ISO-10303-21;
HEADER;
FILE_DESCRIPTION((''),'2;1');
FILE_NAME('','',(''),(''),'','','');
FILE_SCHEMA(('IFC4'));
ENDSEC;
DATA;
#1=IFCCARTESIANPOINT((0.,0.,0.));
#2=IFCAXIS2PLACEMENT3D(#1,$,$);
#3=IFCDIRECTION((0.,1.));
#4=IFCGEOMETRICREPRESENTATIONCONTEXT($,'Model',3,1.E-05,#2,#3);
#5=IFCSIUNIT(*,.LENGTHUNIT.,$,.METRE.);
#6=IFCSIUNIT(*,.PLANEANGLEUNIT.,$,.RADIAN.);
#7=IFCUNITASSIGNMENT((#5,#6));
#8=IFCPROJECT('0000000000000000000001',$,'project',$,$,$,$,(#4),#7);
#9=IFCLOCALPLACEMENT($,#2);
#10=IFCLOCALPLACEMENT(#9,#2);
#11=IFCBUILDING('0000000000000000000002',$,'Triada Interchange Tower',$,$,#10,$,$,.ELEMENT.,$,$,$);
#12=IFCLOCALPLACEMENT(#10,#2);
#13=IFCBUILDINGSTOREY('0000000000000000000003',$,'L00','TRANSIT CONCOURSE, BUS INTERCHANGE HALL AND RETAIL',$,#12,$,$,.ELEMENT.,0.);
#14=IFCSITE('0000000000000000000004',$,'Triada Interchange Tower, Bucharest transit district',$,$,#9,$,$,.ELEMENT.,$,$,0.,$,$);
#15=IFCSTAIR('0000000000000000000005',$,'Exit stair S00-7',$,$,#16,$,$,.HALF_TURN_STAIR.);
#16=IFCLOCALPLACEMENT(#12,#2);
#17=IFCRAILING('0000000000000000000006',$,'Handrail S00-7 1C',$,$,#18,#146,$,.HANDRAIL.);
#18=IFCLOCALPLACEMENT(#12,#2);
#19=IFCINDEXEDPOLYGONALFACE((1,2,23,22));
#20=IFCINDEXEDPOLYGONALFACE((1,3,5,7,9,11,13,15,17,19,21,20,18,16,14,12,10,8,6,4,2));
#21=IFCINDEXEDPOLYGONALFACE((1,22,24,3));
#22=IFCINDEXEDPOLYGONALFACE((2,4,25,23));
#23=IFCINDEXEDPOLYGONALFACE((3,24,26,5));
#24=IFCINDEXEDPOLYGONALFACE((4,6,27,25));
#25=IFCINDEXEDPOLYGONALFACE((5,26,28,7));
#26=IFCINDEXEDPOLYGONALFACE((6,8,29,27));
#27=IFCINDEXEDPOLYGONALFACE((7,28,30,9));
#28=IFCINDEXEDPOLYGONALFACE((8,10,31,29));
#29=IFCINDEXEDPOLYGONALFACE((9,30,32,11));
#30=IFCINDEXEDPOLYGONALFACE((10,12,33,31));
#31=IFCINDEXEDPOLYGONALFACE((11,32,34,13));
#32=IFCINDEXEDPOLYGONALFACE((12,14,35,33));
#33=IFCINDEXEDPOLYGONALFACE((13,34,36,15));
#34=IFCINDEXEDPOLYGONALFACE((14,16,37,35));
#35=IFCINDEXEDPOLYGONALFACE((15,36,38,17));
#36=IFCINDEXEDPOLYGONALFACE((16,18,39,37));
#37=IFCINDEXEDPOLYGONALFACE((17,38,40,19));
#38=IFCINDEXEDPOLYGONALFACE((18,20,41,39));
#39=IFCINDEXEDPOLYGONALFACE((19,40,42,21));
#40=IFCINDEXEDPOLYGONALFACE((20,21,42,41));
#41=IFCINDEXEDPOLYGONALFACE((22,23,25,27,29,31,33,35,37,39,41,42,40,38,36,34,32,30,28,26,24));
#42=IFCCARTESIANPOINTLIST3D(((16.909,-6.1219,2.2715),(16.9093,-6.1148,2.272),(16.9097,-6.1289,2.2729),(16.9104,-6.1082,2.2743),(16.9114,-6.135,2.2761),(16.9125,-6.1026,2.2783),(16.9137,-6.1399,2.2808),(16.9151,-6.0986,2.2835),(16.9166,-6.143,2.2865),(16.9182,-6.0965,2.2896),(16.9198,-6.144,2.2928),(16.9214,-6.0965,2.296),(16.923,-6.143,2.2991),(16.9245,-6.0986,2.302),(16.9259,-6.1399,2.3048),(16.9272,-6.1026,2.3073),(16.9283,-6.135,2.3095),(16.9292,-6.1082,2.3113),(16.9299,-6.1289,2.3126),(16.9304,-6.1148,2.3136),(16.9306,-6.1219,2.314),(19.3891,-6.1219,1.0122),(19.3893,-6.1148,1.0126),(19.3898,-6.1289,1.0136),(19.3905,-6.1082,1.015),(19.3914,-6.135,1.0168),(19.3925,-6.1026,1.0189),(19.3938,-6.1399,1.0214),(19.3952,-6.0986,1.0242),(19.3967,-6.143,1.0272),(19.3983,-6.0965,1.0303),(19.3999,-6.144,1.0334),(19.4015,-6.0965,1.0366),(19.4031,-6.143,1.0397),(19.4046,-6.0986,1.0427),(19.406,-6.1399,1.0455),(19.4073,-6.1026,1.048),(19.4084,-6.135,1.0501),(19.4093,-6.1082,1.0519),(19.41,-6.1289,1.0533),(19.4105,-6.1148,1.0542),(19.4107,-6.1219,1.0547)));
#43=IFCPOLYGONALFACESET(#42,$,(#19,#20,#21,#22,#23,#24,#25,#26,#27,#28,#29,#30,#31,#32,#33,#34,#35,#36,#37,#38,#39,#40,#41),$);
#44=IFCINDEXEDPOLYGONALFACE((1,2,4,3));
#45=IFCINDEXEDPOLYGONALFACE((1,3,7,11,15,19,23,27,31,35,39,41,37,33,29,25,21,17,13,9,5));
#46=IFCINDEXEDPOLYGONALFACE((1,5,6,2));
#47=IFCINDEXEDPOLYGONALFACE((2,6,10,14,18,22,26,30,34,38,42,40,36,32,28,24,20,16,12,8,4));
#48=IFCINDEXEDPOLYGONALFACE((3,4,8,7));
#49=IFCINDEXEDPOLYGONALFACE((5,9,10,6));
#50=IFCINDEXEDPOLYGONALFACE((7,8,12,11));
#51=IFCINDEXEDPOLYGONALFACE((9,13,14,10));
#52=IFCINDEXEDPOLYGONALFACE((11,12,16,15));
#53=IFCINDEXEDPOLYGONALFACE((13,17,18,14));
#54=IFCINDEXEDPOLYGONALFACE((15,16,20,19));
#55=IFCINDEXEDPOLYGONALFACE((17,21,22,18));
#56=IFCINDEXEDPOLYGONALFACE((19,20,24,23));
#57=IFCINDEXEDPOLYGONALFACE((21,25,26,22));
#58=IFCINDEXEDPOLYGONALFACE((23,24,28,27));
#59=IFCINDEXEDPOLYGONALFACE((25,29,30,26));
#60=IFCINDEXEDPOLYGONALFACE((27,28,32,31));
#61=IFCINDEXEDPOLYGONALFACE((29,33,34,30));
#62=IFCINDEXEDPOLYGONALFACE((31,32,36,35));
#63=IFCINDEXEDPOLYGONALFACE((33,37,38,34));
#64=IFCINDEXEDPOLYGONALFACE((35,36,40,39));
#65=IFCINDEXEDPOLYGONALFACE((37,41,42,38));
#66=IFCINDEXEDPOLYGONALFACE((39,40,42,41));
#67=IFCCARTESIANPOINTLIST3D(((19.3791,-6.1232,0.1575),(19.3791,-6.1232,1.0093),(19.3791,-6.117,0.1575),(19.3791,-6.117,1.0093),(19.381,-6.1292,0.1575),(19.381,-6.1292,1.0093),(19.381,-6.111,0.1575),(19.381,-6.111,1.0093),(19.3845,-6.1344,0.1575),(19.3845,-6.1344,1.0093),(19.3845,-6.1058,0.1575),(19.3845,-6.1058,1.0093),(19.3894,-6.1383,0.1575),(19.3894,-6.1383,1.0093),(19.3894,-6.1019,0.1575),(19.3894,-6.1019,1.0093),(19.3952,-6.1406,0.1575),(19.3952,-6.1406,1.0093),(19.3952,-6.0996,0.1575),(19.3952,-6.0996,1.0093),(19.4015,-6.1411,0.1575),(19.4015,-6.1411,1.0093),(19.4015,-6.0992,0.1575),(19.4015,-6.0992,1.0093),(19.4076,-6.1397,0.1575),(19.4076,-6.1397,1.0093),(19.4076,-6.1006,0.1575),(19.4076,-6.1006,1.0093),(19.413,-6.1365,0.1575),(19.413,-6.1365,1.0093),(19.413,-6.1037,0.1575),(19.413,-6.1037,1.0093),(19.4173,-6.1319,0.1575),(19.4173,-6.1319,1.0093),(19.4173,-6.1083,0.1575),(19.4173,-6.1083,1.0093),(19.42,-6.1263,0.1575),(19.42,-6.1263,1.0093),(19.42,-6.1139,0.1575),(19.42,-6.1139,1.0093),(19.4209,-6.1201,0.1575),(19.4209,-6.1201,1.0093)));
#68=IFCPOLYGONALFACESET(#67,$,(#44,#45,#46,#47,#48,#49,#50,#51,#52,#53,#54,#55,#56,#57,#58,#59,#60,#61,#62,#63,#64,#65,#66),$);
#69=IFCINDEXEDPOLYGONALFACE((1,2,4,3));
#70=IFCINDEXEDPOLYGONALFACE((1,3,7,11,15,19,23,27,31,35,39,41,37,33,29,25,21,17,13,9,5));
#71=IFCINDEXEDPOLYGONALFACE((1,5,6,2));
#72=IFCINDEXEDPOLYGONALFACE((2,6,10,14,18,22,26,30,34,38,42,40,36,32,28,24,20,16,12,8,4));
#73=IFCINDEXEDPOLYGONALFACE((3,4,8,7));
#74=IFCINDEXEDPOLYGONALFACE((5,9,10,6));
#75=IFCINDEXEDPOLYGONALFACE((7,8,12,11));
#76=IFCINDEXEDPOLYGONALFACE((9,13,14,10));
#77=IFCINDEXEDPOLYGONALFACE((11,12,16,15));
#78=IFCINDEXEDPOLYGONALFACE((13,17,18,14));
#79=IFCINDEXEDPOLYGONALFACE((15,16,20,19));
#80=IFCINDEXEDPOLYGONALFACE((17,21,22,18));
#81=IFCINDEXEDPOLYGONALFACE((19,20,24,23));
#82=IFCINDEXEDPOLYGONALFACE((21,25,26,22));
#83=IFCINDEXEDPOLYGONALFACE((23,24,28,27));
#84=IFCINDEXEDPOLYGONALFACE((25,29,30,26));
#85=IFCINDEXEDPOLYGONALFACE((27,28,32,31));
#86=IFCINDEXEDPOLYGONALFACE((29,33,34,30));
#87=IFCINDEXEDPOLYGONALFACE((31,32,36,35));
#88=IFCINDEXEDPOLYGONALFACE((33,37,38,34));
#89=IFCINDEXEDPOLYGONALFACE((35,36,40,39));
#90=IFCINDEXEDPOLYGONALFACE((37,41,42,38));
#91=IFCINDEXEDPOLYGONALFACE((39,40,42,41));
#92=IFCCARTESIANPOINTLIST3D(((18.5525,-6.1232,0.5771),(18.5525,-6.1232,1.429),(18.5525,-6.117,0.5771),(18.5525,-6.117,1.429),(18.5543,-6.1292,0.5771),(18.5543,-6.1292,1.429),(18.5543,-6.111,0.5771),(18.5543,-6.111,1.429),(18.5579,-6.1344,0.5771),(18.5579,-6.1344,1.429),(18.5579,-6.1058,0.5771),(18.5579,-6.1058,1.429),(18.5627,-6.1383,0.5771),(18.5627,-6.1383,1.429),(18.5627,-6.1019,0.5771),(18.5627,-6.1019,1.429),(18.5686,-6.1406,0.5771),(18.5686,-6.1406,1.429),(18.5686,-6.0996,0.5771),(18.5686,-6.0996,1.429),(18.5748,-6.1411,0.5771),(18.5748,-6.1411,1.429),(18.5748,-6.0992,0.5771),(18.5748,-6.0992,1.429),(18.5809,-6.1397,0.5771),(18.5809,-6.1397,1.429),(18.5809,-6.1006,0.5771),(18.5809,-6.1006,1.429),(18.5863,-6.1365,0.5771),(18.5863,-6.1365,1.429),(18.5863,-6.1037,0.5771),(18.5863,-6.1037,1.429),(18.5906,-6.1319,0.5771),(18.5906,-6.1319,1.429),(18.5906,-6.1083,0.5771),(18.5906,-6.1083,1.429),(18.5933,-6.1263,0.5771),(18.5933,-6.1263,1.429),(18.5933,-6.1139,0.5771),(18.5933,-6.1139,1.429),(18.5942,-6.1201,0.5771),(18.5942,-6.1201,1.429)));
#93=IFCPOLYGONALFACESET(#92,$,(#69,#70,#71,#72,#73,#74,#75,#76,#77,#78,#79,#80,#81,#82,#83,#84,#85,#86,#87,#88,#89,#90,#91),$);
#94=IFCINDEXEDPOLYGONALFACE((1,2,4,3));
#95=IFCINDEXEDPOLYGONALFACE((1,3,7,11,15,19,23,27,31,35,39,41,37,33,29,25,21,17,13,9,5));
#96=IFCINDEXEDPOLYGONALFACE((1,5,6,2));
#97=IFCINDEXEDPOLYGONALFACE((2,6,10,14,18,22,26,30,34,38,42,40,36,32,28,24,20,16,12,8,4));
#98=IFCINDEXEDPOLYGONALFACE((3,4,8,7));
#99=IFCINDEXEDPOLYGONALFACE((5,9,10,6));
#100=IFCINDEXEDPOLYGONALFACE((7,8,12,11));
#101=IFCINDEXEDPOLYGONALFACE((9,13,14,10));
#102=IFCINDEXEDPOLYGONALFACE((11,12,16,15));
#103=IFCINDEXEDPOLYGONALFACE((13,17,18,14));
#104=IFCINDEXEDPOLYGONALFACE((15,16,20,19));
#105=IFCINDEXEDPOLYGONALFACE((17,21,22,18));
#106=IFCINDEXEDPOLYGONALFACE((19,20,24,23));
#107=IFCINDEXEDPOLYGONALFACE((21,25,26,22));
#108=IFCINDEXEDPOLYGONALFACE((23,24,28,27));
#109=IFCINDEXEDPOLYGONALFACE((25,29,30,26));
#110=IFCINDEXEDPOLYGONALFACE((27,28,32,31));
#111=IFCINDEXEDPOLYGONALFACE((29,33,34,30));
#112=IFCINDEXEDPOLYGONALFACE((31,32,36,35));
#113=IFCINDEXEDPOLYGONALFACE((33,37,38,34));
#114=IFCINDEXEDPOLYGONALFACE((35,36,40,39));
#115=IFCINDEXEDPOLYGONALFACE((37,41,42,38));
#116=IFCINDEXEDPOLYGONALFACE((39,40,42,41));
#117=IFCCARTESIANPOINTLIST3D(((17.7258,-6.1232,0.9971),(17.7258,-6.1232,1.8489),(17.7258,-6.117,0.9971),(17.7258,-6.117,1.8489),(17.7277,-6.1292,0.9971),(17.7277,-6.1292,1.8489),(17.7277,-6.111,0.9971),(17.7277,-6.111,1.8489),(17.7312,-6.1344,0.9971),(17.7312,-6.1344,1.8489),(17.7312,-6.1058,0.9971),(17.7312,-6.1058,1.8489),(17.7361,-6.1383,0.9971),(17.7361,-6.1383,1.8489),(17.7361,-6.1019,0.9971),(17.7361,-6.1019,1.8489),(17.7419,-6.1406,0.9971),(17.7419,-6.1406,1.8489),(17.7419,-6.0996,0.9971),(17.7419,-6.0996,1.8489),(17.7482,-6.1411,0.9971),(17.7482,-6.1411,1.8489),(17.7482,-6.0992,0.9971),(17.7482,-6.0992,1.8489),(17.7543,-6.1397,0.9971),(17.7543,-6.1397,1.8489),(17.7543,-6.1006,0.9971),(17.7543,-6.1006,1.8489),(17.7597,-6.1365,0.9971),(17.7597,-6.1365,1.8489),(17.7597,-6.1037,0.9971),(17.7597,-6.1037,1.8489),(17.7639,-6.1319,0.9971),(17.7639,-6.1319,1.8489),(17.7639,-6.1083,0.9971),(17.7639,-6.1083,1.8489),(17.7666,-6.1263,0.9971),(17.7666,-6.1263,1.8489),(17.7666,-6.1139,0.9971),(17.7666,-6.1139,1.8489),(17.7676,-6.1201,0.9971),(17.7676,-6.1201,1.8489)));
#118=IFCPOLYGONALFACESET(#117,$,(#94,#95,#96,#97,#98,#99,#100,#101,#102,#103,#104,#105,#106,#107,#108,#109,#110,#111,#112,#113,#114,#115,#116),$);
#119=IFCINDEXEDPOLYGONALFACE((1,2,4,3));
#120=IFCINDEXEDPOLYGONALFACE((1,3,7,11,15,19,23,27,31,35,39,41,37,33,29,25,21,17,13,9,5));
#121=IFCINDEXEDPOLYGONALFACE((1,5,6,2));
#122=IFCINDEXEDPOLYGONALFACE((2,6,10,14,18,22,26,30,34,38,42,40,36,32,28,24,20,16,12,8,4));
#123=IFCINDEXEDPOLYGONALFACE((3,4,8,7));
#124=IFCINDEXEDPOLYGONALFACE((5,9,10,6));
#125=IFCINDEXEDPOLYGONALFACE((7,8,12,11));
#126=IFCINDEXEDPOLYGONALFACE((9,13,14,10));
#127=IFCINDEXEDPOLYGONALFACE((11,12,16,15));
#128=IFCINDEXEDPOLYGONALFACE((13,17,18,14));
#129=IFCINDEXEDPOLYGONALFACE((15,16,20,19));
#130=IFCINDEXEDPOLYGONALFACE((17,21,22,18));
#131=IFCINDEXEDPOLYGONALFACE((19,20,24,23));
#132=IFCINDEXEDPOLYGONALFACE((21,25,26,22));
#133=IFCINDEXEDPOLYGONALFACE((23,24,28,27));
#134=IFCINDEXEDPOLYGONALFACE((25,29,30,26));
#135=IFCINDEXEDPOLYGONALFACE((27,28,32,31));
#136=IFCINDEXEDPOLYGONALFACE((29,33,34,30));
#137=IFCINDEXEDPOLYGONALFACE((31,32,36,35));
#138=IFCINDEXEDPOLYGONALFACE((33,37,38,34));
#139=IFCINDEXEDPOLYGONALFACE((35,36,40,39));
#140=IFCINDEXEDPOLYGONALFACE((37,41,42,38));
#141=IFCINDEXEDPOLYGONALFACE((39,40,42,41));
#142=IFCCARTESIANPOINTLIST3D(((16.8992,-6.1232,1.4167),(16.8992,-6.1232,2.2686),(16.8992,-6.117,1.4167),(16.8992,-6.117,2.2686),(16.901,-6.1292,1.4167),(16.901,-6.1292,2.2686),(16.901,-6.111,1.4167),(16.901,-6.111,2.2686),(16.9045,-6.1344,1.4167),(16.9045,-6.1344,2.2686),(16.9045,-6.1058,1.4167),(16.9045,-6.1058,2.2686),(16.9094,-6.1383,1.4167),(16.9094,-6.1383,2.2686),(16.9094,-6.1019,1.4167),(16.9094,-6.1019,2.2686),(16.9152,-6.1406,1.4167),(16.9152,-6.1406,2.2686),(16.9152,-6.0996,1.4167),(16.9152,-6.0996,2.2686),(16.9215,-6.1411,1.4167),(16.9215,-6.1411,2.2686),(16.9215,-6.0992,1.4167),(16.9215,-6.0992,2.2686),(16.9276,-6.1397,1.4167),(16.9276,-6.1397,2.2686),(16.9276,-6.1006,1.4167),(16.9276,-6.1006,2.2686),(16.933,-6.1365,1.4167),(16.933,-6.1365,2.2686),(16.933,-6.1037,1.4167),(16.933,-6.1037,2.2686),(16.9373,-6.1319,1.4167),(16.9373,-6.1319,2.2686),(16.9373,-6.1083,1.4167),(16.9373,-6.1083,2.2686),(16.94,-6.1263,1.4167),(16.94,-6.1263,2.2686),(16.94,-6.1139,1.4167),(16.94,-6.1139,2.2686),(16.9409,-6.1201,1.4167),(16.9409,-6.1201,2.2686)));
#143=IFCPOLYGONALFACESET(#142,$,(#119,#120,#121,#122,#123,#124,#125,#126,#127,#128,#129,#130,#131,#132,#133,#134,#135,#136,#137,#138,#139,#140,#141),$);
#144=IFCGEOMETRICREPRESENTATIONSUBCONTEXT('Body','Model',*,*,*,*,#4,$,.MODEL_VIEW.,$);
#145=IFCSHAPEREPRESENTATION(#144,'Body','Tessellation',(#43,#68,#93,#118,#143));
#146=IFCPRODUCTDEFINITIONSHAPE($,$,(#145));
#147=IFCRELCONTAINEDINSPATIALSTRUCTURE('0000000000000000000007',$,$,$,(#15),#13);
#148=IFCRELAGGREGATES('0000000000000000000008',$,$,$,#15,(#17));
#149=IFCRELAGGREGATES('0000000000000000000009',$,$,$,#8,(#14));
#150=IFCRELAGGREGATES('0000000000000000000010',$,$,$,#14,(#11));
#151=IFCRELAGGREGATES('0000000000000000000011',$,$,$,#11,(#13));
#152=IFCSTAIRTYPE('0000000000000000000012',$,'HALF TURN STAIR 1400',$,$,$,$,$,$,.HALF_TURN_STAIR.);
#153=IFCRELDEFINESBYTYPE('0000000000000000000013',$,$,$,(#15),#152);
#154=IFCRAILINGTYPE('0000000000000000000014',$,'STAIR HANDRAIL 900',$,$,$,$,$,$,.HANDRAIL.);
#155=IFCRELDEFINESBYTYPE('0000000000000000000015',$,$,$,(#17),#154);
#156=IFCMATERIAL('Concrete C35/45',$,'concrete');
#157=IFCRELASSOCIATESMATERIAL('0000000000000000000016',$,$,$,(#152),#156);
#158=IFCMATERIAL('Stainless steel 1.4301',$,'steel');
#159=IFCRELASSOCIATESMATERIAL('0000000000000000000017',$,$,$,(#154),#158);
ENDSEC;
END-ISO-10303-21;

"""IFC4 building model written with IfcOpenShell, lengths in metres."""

from ifc_helpers import new_model, si_unit, direction, frame, origin, origin_2d, place, context, subcontext, project, spatial, circle, extrude, material, type_object, element, aggregate, save


model = new_model("IFC4")

# Units and contexts
model_context = context("Model", 3, precision=1e-05, world=origin(), true_north=direction((0.0, 1.0)))
body_context = subcontext(model_context, "Body", "Model", "MODEL_VIEW")
ifc_project = project(units=[si_unit("LENGTHUNIT", "METRE"), si_unit("PLANEANGLEUNIT", "RADIAN")], contexts=[model_context])

# Site, building, storey
site_placement = place(None, origin())
site = spatial("IfcSite", under=ifc_project, at=site_placement, Name="Triada Interchange Tower, Bucharest transit district", CompositionType="ELEMENT", RefElevation=0.0)
building_placement = place(site_placement, origin())
building = spatial("IfcBuilding", under=site, at=building_placement, Name="Triada Interchange Tower", CompositionType="ELEMENT")
storey_placement = place(building_placement, origin())
storey = spatial("IfcBuildingStorey", under=building, at=storey_placement, Name="L00", Description="TRANSIT CONCOURSE, BUS INTERCHANGE HALL AND RETAIL", CompositionType="ELEMENT", Elevation=0.0)

# Shared definitions
ifc_material_1 = material(Name="Concrete C35/45", Category="concrete")

# Stair, railing
stair_type = type_object("IfcStairType", Name="HALF TURN STAIR 1400", PredefinedType="HALF_TURN_STAIR", material=ifc_material_1)
stair_placement = place(storey_placement, origin())
stair = element("IfcStair", 1, at=stair_placement, inside=storey, type_object=stair_type, Name="Exit stair S00-7", PredefinedType="HALF_TURN_STAIR")
ifc_material_2 = material(Name="Stainless steel 1.4301", Category="steel")
railing_type_1 = type_object("IfcRailingType", Name="STAIR HANDRAIL 900", PredefinedType="HANDRAIL", material=ifc_material_2)
railing_1_placement = place(storey_placement, frame((19.3999, -6.1201, 0.1575)))
railing_1 = element("IfcRailing", 2, at=railing_1_placement, type_object=railing_type_1, Name="Handrail S00-7 1C", PredefinedType="HANDRAIL", context=body_context, shape_type="SweptSolid", body=[
    extrude(circle(Radius=0.0239, at=origin_2d()), frame((0.0, 0.0, 0.876), z_axis=(-0.891636, 0.0, 0.452752), x_axis=(0.0, -1.0, 0.0)), (0.0, 0.0, 1.0), 2.7815),
    extrude(circle(Radius=0.021, at=origin_2d()), origin(), (0.0, 0.0, 1.0), 0.8518),
    extrude(circle(Radius=0.021, at=origin_2d()), frame((-0.8267, 0.0, 0.4197)), (0.0, 0.0, 1.0), 0.8518),
    extrude(circle(Radius=0.021, at=origin_2d()), frame((-1.6533, 0.0, 0.8396)), (0.0, 0.0, 1.0), 0.8518),
    extrude(circle(Radius=0.021, at=origin_2d()), frame((-2.48, 0.0, 1.2593)), (0.0, 0.0, 1.0), 0.8518),
])
aggregate(stair, [railing_1])

save(model, "model.ifc")
